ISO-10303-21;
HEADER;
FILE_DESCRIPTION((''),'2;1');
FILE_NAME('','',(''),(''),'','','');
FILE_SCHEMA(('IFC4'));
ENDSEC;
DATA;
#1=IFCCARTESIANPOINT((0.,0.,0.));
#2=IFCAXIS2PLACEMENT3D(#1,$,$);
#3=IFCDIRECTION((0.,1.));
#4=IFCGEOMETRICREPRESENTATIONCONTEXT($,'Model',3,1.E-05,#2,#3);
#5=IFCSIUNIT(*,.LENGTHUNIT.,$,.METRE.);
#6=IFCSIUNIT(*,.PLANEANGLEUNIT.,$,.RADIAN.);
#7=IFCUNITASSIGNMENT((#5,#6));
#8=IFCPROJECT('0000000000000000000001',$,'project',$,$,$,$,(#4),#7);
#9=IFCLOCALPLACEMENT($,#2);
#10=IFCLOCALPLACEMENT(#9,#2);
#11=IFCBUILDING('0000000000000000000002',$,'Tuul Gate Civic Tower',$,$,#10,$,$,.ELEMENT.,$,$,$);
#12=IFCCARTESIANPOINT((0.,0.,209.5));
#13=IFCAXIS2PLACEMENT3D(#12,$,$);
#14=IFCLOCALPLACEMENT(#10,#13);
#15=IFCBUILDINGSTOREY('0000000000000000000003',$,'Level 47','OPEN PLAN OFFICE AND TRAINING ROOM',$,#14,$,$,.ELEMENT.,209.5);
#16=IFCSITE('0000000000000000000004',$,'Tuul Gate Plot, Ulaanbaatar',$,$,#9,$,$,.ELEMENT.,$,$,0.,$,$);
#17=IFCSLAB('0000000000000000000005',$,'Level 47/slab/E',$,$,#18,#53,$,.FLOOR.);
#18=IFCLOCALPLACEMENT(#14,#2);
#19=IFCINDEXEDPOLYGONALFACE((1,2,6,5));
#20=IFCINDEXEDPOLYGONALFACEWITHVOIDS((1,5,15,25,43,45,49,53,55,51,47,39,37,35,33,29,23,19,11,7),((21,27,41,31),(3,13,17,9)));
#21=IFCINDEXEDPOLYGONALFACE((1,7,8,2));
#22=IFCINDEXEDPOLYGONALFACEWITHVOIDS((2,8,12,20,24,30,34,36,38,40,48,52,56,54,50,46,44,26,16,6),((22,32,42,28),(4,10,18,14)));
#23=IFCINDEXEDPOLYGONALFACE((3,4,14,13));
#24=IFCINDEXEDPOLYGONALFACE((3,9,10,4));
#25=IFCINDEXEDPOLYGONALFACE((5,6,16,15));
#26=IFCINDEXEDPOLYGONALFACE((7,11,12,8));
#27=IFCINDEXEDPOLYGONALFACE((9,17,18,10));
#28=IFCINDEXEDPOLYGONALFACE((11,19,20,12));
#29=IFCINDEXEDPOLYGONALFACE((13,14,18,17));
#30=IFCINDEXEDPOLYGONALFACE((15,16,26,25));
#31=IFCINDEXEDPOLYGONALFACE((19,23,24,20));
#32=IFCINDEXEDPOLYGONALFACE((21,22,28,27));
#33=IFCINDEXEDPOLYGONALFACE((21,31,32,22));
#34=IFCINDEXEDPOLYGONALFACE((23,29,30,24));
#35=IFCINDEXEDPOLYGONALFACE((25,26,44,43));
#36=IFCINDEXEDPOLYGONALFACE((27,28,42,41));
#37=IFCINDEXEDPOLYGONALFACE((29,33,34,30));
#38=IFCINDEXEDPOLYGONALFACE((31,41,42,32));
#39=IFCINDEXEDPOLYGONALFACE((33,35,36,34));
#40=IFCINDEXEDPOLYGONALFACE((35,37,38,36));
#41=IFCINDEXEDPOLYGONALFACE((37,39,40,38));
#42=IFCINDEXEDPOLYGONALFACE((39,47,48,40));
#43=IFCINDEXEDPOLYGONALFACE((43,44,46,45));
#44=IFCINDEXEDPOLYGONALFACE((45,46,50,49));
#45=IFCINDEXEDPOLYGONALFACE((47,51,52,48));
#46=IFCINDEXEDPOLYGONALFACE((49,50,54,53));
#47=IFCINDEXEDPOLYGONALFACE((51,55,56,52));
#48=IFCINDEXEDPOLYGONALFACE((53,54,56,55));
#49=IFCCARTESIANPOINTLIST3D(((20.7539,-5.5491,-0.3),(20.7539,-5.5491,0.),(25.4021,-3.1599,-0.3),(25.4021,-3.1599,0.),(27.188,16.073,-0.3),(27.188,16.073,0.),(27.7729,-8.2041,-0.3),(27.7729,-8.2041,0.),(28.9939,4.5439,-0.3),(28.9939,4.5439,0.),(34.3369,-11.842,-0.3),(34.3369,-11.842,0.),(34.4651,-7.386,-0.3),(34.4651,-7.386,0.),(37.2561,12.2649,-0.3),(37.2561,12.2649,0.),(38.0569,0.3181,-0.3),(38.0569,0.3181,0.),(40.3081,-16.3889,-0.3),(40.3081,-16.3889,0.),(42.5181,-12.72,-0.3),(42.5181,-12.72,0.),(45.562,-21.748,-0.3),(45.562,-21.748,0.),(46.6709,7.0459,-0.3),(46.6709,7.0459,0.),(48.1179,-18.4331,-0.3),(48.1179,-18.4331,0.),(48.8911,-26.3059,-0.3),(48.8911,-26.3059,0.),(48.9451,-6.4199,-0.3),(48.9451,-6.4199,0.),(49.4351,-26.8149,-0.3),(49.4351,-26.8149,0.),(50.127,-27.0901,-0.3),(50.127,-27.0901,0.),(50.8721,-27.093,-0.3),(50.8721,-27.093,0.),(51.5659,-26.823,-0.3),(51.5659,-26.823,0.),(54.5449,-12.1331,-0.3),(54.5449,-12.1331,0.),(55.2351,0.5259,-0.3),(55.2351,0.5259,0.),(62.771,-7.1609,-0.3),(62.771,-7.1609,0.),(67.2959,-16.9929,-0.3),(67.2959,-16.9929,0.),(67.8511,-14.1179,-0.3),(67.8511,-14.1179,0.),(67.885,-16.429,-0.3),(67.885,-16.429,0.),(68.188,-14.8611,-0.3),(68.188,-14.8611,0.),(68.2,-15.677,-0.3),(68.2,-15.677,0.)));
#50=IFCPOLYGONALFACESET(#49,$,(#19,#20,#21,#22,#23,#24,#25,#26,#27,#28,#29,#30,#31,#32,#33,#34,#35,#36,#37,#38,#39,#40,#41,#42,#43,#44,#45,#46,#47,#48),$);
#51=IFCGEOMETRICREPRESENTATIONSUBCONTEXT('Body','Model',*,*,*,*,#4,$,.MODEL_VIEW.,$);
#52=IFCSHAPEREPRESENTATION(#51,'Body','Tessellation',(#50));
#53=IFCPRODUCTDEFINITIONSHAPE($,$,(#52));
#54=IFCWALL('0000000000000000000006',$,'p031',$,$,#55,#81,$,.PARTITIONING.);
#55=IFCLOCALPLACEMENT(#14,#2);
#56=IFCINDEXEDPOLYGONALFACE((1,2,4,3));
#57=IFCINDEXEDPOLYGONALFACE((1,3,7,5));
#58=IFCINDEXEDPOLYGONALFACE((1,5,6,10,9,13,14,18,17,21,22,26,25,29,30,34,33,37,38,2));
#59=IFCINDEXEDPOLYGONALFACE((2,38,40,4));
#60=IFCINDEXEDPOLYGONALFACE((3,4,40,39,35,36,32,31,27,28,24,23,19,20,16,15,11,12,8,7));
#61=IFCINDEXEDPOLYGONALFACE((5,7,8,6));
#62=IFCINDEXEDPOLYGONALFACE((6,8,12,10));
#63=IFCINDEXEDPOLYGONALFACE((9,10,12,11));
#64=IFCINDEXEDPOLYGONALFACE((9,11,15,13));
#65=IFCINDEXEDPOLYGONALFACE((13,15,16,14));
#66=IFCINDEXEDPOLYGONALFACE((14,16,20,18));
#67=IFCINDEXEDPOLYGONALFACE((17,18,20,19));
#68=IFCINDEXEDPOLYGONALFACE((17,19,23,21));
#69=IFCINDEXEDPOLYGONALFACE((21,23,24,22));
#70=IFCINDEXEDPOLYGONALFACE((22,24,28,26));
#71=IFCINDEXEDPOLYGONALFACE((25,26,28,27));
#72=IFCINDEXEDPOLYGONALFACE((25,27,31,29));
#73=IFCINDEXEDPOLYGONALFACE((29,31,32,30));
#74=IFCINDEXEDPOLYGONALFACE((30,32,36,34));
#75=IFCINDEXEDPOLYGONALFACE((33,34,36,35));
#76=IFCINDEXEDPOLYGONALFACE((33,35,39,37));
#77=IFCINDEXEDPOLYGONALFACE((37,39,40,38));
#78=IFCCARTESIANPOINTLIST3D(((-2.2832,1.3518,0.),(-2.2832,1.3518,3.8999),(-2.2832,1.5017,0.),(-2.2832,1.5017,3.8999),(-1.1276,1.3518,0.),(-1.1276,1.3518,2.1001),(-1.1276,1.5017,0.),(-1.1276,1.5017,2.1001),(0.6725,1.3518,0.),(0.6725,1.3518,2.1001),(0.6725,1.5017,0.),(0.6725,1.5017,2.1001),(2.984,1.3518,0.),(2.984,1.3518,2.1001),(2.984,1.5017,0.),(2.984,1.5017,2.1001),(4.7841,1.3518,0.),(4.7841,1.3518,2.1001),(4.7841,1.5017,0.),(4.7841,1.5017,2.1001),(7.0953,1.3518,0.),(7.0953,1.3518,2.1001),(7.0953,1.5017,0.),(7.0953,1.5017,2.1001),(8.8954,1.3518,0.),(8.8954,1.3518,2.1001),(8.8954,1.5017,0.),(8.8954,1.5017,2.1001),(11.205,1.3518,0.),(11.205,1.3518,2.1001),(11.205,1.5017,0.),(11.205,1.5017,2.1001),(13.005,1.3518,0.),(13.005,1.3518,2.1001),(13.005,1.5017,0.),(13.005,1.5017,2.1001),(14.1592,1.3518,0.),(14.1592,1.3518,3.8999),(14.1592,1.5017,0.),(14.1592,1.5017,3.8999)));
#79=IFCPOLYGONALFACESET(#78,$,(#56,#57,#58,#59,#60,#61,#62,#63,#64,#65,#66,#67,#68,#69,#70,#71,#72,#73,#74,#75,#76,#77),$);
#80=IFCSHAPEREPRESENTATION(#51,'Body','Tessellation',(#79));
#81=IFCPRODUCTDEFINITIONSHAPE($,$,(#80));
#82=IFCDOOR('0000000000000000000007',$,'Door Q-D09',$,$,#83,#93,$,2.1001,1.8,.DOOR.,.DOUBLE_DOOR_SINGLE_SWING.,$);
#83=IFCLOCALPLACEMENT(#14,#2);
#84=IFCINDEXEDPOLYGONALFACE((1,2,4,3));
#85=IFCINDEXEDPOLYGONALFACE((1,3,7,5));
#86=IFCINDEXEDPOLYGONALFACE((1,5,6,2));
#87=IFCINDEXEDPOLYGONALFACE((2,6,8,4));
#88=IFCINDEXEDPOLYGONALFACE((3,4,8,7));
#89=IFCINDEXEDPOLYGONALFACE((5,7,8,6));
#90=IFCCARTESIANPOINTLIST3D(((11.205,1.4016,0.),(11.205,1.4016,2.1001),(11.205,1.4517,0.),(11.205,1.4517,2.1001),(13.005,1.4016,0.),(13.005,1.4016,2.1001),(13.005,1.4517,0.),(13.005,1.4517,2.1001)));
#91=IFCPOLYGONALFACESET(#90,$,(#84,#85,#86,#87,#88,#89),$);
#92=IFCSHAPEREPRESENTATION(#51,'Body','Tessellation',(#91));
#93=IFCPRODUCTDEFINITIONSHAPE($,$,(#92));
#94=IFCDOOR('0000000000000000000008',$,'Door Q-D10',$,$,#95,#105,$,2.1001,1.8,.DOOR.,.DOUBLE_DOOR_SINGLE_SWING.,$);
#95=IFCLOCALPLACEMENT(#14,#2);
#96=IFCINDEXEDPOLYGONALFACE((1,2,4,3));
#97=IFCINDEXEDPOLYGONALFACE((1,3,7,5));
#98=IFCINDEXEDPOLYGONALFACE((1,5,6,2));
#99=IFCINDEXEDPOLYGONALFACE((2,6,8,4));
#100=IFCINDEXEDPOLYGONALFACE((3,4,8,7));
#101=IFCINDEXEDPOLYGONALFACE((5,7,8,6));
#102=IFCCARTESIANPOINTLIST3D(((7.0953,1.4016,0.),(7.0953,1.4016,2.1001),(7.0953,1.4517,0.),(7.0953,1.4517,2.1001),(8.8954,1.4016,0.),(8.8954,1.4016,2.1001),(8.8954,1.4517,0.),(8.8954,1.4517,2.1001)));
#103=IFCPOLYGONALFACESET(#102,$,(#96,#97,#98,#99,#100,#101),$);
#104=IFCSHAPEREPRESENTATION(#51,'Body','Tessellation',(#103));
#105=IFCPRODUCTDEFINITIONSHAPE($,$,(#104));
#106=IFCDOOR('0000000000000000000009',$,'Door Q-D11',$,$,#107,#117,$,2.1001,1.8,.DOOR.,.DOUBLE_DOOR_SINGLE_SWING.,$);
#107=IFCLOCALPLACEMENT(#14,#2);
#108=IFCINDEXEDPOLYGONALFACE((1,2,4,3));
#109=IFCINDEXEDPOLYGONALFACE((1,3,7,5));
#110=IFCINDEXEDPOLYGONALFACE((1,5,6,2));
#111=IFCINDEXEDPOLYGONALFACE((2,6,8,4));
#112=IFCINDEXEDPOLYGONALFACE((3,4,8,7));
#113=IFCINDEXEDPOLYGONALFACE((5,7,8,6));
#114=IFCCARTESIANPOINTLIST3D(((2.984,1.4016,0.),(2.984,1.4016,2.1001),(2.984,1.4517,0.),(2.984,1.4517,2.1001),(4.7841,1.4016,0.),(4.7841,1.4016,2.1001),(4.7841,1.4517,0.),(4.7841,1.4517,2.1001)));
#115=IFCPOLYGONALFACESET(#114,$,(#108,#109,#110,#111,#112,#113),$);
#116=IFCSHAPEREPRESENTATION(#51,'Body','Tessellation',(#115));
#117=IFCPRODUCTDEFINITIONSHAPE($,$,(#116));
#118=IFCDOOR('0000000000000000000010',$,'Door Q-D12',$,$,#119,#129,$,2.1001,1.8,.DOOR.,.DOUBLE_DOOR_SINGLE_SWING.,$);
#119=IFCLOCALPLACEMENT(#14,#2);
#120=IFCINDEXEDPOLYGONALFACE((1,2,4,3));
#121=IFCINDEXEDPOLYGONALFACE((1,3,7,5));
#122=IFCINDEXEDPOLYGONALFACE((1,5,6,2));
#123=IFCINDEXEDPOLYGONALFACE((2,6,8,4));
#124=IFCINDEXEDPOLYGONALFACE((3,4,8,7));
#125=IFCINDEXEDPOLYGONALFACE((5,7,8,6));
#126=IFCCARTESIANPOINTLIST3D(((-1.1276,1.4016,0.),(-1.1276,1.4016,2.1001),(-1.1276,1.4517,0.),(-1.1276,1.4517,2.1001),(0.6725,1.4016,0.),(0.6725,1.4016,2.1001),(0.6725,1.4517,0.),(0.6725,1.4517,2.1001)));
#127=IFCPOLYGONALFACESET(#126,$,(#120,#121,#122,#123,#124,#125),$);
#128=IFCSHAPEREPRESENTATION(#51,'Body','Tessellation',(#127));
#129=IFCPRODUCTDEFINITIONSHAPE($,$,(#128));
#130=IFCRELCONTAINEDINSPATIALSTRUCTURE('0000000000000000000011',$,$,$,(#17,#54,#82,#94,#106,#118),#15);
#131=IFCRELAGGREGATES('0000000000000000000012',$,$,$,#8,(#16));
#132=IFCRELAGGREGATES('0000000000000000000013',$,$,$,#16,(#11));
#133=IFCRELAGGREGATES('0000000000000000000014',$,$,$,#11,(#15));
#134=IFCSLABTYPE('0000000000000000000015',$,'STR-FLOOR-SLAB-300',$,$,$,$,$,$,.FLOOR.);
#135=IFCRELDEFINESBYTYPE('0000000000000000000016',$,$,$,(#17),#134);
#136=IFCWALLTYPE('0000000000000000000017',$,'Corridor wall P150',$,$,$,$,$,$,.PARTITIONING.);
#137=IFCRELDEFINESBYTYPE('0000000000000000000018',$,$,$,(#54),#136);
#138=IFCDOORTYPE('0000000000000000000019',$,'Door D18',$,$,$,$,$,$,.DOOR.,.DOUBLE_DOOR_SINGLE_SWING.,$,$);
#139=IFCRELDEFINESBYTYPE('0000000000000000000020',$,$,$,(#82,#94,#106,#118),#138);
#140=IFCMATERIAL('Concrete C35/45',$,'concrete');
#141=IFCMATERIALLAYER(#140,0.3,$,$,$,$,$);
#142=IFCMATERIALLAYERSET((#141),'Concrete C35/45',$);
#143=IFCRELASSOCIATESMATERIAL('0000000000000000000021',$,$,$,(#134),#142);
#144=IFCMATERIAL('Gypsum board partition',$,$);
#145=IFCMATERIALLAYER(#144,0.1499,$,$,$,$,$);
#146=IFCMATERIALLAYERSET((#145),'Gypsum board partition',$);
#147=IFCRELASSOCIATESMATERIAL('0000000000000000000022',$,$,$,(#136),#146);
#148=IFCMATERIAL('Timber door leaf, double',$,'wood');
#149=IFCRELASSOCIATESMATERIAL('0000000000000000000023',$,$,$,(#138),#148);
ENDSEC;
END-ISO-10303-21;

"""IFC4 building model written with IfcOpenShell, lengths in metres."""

from ifc_helpers import new_model, si_unit, direction, frame, frame_2d, origin, place, context, subcontext, project, spatial, polyline, rectangle, outline, extrude, material, layer, layer_set, type_object, element, fill, save


model = new_model("IFC4")

# Units and contexts
model_context = context("Model", 3, precision=1e-05, world=origin(), true_north=direction((0.0, 1.0)))
body_context = subcontext(model_context, "Body", "Model", "MODEL_VIEW")
ifc_project = project(units=[si_unit("LENGTHUNIT", "METRE"), si_unit("PLANEANGLEUNIT", "RADIAN")], contexts=[model_context])

# Site, building, storey
site_placement = place(None, origin())
site = spatial("IfcSite", under=ifc_project, at=site_placement, Name="Tuul Gate Plot, Ulaanbaatar", CompositionType="ELEMENT", RefElevation=0.0)
building_placement = place(site_placement, origin())
building = spatial("IfcBuilding", under=site, at=building_placement, Name="Tuul Gate Civic Tower", CompositionType="ELEMENT")
storey_placement = place(building_placement, frame((0.0, 0.0, 209.5)))
storey = spatial("IfcBuildingStorey", under=building, at=storey_placement, Name="Level 47", Description="OPEN PLAN OFFICE AND TRAINING ROOM", CompositionType="ELEMENT", Elevation=209.5)

# Slab
ifc_material_1 = material(Name="Concrete C35/45", Category="concrete")
ifc_layer_1 = layer(ifc_material_1, 0.3)
ifc_layer_set_1 = layer_set([ifc_layer_1], Name="Concrete C35/45")
slab_type_1 = type_object("IfcSlabType", Name="STR-FLOOR-SLAB-300", PredefinedType="FLOOR", material=ifc_layer_set_1)
slab_1_placement = place(storey_placement, frame((0.0, 0.0, -0.3)))
element("IfcSlab", 1, at=slab_1_placement, inside=storey, type_object=slab_type_1, Name="Level 47/slab/E", PredefinedType="FLOOR", context=body_context, shape_type="SweptSolid", body=[
    extrude(outline(polyline([(50.8721, -27.093), (51.5659, -26.823), (67.2959, -16.9929), (67.885, -16.429), (68.2, -15.677), (68.188, -14.8611), (67.8511, -14.1179), (62.771, -7.1609), (55.2351, 0.5259), (46.6709, 7.0459), (37.2561, 12.2649), (27.188, 16.073), (20.7539, -5.5491), (27.7729, -8.2041), (34.3369, -11.842), (40.3081, -16.3889), (45.562, -21.748), (48.8911, -26.3059), (49.4351, -26.8149), (50.127, -27.0901), (50.8721, -27.093)]), holes=[polyline([(48.1179, -18.4331), (42.5181, -12.72), (48.9451, -6.4199), (54.5449, -12.1331), (48.1179, -18.4331)]), polyline([(25.4021, -3.1599), (28.9939, 4.5439), (38.0569, 0.3181), (34.4651, -7.386), (25.4021, -3.1599)])]), origin(), (0.0, 0.0, 1.0), 0.3),
])

# Wall, openings, doors
ifc_material_2 = material(Name="Gypsum board partition")
ifc_layer_2 = layer(ifc_material_2, 0.1499)
ifc_layer_set_2 = layer_set([ifc_layer_2], Name="Gypsum board partition")
wall_type_1 = type_object("IfcWallType", Name="Corridor wall P150", PredefinedType="PARTITIONING", material=ifc_layer_set_2)
wall_1_placement = place(storey_placement, frame((-2.2832, 1.4268, 0.0), z_axis=(0.0, 0.0, 1.0), x_axis=(1.0, 0.0, 0.0)))
wall_1 = element("IfcWall", 2, at=wall_1_placement, inside=storey, type_object=wall_type_1, Name="p031", PredefinedType="PARTITIONING", context=body_context, shape_type="SweptSolid", body=[
    extrude(rectangle(XDim=16.4424, YDim=0.1499, at=frame_2d((8.2212, 0.0))), origin(), (0.0, 0.0, 1.0), 3.8999),
])
opening_1_placement = place(wall_1_placement, frame((13.4883, 0.0, 0.0)))
opening_1 = element("IfcOpeningElement", 3, at=opening_1_placement, cuts=wall_1, PredefinedType="OPENING", context=body_context, shape_type="SweptSolid", body=[
    extrude(rectangle(XDim=1.8, YDim=2.1001, at=frame_2d((0.8999, 1.05))), frame((0.0, 0.085, 0.0), z_axis=(0.0, -1.0, 0.0), x_axis=(1.0, 0.0, 0.0)), (0.0, 0.0, 1.0), 0.1699),
])
opening_2_placement = place(wall_1_placement, frame((9.3787, 0.0, 0.0)))
opening_2 = element("IfcOpeningElement", 4, at=opening_2_placement, cuts=wall_1, PredefinedType="OPENING", context=body_context, shape_type="SweptSolid", body=[
    extrude(rectangle(XDim=1.8, YDim=2.1001, at=frame_2d((0.8999, 1.05))), frame((0.0, 0.085, 0.0), z_axis=(0.0, -1.0, 0.0), x_axis=(1.0, 0.0, 0.0)), (0.0, 0.0, 1.0), 0.1699),
])
opening_3_placement = place(wall_1_placement, frame((5.2673, 0.0, 0.0)))
opening_3 = element("IfcOpeningElement", 5, at=opening_3_placement, cuts=wall_1, PredefinedType="OPENING", context=body_context, shape_type="SweptSolid", body=[
    extrude(rectangle(XDim=1.8, YDim=2.1001, at=frame_2d((0.8999, 1.05))), frame((0.0, 0.085, 0.0), z_axis=(0.0, -1.0, 0.0), x_axis=(1.0, 0.0, 0.0)), (0.0, 0.0, 1.0), 0.1699),
])
opening_4_placement = place(wall_1_placement, frame((1.1558, 0.0, 0.0)))
opening_4 = element("IfcOpeningElement", 6, at=opening_4_placement, cuts=wall_1, PredefinedType="OPENING", context=body_context, shape_type="SweptSolid", body=[
    extrude(rectangle(XDim=1.8, YDim=2.1001, at=frame_2d((0.8999, 1.05))), frame((0.0, 0.085, 0.0), z_axis=(0.0, -1.0, 0.0), x_axis=(1.0, 0.0, 0.0)), (0.0, 0.0, 1.0), 0.1699),
])
ifc_material_3 = material(Name="Timber door leaf, double", Category="wood")
door_type = type_object("IfcDoorType", Name="Door D18", OperationType="DOUBLE_DOOR_SINGLE_SWING", PredefinedType="DOOR", material=ifc_material_3)
door_1_placement = place(opening_1_placement, origin())
door_1 = element("IfcDoor", 7, at=door_1_placement, inside=storey, type_object=door_type, Name="Door Q-D09", OperationType="DOUBLE_DOOR_SINGLE_SWING", OverallHeight=2.1001, OverallWidth=1.8, PredefinedType="DOOR", context=body_context, shape_type="SweptSolid", body=[
    extrude(rectangle(XDim=1.8, YDim=2.1001, at=frame_2d((0.8999, 1.05))), frame((0.0, 0.0249, 0.0), z_axis=(0.0, -1.0, 0.0), x_axis=(1.0, 0.0, 0.0)), (0.0, 0.0, 1.0), 0.05),
])
fill(opening_1, door_1)
door_2_placement = place(opening_2_placement, origin())
door_2 = element("IfcDoor", 8, at=door_2_placement, inside=storey, type_object=door_type, Name="Door Q-D10", OperationType="DOUBLE_DOOR_SINGLE_SWING", OverallHeight=2.1001, OverallWidth=1.8, PredefinedType="DOOR", context=body_context, shape_type="SweptSolid", body=[
    extrude(rectangle(XDim=1.8, YDim=2.1001, at=frame_2d((0.8999, 1.05))), frame((0.0, 0.0249, 0.0), z_axis=(0.0, -1.0, 0.0), x_axis=(1.0, 0.0, 0.0)), (0.0, 0.0, 1.0), 0.05),
])
fill(opening_2, door_2)
door_3_placement = place(opening_3_placement, origin())
door_3 = element("IfcDoor", 9, at=door_3_placement, inside=storey, type_object=door_type, Name="Door Q-D11", OperationType="DOUBLE_DOOR_SINGLE_SWING", OverallHeight=2.1001, OverallWidth=1.8, PredefinedType="DOOR", context=body_context, shape_type="SweptSolid", body=[
    extrude(rectangle(XDim=1.8, YDim=2.1001, at=frame_2d((0.8999, 1.05))), frame((0.0, 0.0249, 0.0), z_axis=(0.0, -1.0, 0.0), x_axis=(1.0, 0.0, 0.0)), (0.0, 0.0, 1.0), 0.05),
])
fill(opening_3, door_3)
door_4_placement = place(opening_4_placement, origin())
door_4 = element("IfcDoor", 10, at=door_4_placement, inside=storey, type_object=door_type, Name="Door Q-D12", OperationType="DOUBLE_DOOR_SINGLE_SWING", OverallHeight=2.1001, OverallWidth=1.8, PredefinedType="DOOR", context=body_context, shape_type="SweptSolid", body=[
    extrude(rectangle(XDim=1.8, YDim=2.1001, at=frame_2d((0.8999, 1.05))), frame((0.0, 0.0249, 0.0), z_axis=(0.0, -1.0, 0.0), x_axis=(1.0, 0.0, 0.0)), (0.0, 0.0, 1.0), 0.05),
])
fill(opening_4, door_4)

save(model, "model.ifc")
